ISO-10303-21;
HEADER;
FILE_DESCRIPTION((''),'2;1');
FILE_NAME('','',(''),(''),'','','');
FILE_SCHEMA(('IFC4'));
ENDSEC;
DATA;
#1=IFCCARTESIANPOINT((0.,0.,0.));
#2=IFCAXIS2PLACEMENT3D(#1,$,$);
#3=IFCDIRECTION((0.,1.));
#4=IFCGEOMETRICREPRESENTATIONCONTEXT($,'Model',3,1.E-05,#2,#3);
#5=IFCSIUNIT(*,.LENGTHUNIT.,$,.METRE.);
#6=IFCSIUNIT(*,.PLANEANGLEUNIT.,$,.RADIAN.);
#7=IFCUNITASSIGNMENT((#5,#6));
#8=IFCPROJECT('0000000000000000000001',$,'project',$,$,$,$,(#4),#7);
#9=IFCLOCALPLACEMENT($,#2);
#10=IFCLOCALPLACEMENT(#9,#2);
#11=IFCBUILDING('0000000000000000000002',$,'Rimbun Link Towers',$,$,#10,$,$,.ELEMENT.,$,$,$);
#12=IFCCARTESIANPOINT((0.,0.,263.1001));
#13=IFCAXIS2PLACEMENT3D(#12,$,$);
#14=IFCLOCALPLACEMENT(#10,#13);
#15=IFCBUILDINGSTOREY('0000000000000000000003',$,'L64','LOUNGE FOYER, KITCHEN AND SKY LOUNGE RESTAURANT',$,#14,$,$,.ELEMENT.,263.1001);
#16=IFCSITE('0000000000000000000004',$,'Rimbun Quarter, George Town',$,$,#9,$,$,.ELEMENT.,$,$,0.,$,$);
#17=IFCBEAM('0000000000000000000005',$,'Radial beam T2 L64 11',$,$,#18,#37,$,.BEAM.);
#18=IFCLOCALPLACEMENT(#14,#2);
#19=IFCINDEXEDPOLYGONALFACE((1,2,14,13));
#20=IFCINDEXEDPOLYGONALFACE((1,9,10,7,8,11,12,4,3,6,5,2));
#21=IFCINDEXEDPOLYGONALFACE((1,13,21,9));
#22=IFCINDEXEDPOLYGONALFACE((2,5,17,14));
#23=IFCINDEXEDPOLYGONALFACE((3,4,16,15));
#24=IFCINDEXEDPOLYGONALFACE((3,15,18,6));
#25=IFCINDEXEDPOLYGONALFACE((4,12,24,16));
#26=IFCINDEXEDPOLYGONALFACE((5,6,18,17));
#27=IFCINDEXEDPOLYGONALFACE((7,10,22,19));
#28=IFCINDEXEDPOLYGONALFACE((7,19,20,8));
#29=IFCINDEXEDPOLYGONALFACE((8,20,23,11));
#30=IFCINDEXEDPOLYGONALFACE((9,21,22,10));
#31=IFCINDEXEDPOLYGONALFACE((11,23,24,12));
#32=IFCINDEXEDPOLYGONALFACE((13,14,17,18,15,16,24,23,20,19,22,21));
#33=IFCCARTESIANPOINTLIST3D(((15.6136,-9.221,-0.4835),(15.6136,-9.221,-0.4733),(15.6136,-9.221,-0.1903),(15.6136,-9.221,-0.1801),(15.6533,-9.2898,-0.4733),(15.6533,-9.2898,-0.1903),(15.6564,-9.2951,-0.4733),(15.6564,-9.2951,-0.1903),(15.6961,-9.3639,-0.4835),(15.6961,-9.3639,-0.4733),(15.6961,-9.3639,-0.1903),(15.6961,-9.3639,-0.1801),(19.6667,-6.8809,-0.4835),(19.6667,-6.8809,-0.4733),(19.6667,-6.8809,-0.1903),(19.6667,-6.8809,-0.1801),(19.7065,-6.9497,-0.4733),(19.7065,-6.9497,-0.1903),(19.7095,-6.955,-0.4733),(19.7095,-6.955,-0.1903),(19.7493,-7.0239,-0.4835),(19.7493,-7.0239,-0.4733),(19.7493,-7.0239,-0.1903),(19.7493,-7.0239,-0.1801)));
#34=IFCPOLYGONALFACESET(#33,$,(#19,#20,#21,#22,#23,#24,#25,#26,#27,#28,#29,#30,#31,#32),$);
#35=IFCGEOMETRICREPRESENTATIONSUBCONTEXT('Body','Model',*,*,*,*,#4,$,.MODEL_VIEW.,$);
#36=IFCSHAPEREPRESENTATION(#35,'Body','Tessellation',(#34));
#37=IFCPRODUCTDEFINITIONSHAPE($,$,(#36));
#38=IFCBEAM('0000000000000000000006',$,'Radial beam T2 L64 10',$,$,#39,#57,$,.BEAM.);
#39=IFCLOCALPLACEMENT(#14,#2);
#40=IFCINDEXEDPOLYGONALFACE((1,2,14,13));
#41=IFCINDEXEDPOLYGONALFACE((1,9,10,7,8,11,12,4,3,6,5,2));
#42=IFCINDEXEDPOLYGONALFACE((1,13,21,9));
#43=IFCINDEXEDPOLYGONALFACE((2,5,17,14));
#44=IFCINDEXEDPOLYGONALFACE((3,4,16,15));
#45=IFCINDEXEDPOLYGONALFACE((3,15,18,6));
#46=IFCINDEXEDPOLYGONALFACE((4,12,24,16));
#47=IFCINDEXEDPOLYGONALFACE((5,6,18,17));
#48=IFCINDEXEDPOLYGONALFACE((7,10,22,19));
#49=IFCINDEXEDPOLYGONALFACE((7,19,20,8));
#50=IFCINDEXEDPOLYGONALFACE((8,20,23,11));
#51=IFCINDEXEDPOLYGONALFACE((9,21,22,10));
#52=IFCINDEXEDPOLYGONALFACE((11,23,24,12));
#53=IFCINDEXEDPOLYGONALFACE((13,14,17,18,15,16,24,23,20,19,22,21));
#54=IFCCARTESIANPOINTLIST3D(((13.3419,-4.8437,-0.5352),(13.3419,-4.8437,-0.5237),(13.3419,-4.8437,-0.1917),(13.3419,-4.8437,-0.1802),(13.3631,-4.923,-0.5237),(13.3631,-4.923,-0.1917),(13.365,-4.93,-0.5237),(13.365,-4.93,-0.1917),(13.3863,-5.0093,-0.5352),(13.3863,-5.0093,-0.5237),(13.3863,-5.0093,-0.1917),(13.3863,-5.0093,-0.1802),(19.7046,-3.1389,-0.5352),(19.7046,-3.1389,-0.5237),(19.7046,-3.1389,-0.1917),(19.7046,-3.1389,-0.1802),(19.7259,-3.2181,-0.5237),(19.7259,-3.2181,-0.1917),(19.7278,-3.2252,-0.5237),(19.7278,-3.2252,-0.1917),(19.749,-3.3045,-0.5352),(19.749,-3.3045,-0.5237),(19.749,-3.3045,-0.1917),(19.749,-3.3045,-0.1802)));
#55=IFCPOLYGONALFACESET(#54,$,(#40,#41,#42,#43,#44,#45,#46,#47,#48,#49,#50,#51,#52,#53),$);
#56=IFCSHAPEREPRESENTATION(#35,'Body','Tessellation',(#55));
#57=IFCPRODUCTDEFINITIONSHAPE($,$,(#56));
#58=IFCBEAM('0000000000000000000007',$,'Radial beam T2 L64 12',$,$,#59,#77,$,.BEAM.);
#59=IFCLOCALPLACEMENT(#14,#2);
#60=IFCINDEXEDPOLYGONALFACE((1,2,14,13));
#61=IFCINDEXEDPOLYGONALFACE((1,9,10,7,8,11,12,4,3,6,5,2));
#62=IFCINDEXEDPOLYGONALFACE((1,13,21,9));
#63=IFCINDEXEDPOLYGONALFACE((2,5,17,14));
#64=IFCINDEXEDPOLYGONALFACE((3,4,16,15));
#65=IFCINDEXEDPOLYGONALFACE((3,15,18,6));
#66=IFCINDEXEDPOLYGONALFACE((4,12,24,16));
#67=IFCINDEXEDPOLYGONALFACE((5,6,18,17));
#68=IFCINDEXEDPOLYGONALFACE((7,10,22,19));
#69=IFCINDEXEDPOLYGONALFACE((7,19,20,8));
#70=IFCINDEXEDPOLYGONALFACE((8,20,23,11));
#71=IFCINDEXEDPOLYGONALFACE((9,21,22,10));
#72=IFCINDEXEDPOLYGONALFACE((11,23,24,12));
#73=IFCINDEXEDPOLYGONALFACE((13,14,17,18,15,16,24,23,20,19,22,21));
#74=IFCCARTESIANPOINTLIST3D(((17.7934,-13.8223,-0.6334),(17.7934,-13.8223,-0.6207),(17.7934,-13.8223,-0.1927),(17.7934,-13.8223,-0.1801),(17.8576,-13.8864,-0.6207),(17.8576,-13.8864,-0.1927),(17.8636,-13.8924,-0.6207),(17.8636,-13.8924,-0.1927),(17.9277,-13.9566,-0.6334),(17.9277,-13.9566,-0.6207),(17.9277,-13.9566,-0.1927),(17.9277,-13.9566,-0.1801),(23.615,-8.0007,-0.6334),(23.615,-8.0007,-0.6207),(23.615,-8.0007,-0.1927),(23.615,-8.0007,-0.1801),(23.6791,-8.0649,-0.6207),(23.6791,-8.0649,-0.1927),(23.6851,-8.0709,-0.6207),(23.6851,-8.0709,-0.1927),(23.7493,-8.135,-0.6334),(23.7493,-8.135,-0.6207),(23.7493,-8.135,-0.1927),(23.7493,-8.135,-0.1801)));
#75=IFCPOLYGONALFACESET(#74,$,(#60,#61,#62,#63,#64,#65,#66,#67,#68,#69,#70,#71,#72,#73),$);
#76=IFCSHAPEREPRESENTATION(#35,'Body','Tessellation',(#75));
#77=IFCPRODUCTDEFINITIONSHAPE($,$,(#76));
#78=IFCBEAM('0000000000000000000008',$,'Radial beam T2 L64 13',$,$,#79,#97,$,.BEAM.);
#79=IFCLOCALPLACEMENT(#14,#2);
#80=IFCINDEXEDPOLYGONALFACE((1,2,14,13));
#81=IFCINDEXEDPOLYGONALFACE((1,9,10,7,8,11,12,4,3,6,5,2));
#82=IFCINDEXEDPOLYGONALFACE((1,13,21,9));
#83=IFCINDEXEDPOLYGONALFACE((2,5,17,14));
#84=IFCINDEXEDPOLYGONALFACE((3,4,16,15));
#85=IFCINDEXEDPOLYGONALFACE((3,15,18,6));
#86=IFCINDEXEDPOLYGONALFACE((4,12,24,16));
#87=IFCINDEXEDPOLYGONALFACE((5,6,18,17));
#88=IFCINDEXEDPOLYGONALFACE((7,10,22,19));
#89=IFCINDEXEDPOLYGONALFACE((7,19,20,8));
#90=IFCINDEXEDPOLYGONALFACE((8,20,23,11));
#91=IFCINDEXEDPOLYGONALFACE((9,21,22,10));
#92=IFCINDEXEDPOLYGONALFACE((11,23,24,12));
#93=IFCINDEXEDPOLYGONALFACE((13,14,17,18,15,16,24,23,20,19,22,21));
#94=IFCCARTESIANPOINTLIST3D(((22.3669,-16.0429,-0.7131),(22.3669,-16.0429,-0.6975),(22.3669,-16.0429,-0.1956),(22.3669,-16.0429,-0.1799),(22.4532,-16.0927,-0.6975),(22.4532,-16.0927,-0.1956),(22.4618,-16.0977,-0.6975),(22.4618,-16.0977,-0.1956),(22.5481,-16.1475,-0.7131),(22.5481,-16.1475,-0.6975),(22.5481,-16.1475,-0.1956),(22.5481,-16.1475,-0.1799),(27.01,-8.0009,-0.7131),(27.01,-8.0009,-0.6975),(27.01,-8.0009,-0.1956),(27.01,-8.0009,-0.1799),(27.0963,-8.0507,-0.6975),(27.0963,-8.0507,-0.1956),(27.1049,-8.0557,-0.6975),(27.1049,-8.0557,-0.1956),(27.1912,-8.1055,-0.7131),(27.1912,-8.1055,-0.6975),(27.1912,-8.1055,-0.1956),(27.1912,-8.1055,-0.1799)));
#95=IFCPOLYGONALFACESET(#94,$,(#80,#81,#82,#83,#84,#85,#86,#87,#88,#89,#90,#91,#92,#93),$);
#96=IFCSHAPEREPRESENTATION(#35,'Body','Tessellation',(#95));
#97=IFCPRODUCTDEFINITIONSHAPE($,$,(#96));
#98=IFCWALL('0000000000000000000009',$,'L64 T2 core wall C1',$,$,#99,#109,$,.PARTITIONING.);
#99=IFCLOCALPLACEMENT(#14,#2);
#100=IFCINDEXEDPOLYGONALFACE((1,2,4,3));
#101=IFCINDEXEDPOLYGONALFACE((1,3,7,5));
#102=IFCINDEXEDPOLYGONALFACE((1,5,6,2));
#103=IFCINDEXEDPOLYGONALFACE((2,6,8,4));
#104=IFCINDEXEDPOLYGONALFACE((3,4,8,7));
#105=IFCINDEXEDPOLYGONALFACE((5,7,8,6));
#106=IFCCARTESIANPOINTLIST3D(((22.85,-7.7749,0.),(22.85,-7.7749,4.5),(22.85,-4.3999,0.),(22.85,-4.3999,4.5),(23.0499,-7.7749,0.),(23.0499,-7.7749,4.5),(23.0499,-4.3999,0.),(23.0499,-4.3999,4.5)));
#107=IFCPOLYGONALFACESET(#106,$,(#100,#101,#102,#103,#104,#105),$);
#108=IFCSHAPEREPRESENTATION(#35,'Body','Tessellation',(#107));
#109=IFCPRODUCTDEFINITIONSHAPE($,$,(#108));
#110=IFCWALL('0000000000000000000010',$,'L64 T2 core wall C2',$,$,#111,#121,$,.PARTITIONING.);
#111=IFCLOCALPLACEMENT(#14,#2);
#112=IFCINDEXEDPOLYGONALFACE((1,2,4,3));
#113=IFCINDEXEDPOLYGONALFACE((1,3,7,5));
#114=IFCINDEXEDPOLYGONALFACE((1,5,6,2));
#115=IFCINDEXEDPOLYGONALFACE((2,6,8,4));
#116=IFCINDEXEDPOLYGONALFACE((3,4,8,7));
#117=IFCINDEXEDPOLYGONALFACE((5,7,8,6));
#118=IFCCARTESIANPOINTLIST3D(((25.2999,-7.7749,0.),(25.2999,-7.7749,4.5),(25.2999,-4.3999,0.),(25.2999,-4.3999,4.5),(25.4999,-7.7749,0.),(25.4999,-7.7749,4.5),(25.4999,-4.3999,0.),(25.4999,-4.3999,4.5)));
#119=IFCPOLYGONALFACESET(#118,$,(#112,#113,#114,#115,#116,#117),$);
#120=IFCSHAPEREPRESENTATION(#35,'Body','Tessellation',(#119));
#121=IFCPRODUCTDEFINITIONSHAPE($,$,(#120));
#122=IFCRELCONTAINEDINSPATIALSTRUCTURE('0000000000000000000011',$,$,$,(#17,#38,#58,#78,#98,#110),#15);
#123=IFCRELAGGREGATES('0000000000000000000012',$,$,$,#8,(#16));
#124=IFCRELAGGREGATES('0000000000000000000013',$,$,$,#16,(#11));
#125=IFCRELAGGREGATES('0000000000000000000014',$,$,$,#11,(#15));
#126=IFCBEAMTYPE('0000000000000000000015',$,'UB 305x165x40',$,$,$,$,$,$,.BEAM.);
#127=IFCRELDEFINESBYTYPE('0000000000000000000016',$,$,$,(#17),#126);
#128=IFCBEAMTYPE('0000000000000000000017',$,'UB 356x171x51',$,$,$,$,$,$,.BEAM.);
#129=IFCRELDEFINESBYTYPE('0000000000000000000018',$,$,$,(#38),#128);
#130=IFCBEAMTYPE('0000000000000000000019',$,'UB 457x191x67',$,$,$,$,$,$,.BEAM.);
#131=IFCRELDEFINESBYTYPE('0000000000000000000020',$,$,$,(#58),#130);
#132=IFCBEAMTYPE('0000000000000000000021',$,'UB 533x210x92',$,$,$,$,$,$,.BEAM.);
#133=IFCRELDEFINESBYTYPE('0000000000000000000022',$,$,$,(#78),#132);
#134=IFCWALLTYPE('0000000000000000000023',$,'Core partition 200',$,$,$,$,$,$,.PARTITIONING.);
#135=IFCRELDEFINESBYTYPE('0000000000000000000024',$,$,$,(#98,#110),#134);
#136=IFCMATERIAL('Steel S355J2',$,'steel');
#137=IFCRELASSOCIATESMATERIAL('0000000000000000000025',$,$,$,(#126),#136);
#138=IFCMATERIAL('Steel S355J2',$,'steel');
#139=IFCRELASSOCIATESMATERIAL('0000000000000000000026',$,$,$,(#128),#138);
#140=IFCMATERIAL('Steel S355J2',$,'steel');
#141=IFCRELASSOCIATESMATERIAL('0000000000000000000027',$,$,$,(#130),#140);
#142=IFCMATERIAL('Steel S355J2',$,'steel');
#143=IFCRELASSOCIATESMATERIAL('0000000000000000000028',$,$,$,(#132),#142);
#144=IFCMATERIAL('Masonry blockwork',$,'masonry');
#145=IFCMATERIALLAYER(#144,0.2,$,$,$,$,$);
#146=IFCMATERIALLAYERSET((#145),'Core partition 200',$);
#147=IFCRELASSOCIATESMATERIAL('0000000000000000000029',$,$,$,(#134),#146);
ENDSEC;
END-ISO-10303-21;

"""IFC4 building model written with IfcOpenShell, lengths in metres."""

from ifc_helpers import new_model, si_unit, direction, frame, frame_2d, origin, origin_2d, place, context, subcontext, project, spatial, rectangle, i_section, extrude, material, layer, layer_set, material_profile, profile_set, type_object, element, save


model = new_model("IFC4")

# Units and contexts
model_context = context("Model", 3, precision=1e-05, world=origin(), true_north=direction((0.0, 1.0)))
body_context = subcontext(model_context, "Body", "Model", "MODEL_VIEW")
ifc_project = project(units=[si_unit("LENGTHUNIT", "METRE"), si_unit("PLANEANGLEUNIT", "RADIAN")], contexts=[model_context])

# Site, building, storey
site_placement = place(None, origin())
site = spatial("IfcSite", under=ifc_project, at=site_placement, Name="Rimbun Quarter, George Town", CompositionType="ELEMENT", RefElevation=0.0)
building_placement = place(site_placement, origin())
building = spatial("IfcBuilding", under=site, at=building_placement, Name="Rimbun Link Towers", CompositionType="ELEMENT")
storey_placement = place(building_placement, frame((0.0, 0.0, 263.1001)))
storey = spatial("IfcBuildingStorey", under=building, at=storey_placement, Name="L64", Description="LOUNGE FOYER, KITCHEN AND SKY LOUNGE RESTAURANT", CompositionType="ELEMENT", Elevation=263.1001)

# Beams
ifc_material_1 = material(Name="Steel S355J2", Category="steel")
ifc_material_profile_1 = material_profile(ifc_material_1, i_section(OverallWidth=0.165, OverallDepth=0.3035, WebThickness=0.0061, FlangeThickness=0.0103, at=origin_2d()), Name="UB 305x165x40")
ifc_profile_set_1 = profile_set([ifc_material_profile_1], Name="Steel S355J2")
beam_type_1 = type_object("IfcBeamType", Name="UB 305x165x40", PredefinedType="BEAM", material=ifc_profile_set_1)
beam_1_placement = place(storey_placement, frame((19.708, -6.9524, -0.3318), z_axis=(-0.866029, -0.499993, 0.0), x_axis=(0.499993, -0.866029, 0.0)))
element("IfcBeam", 1, at=beam_1_placement, inside=storey, type_object=beam_type_1, Name="Radial beam T2 L64 11", PredefinedType="BEAM", context=body_context, shape_type="SweptSolid", body=[
    extrude(i_section(OverallWidth=0.165, OverallDepth=0.3035, WebThickness=0.0061, FlangeThickness=0.0103, at=origin_2d()), origin(), (0.0, 0.0, 1.0), 4.6802),
])
ifc_material_2 = material(Name="Steel S355J2", Category="steel")
ifc_material_profile_2 = material_profile(ifc_material_2, i_section(OverallWidth=0.1714, OverallDepth=0.355, WebThickness=0.0073, FlangeThickness=0.0115, at=origin_2d()), Name="UB 356x171x51")
ifc_profile_set_2 = profile_set([ifc_material_profile_2], Name="Steel S355J2")
beam_type_2 = type_object("IfcBeamType", Name="UB 356x171x51", PredefinedType="BEAM", material=ifc_profile_set_2)
beam_2_placement = place(storey_placement, frame((19.7268, -3.2217, -0.3577), z_axis=(-0.965929, -0.258809, 0.0), x_axis=(0.258809, -0.965929, 0.0)))
element("IfcBeam", 2, at=beam_2_placement, inside=storey, type_object=beam_type_2, Name="Radial beam T2 L64 10", PredefinedType="BEAM", context=body_context, shape_type="SweptSolid", body=[
    extrude(i_section(OverallWidth=0.1714, OverallDepth=0.355, WebThickness=0.0073, FlangeThickness=0.0115, at=origin_2d()), origin(), (0.0, 0.0, 1.0), 6.5872),
])
ifc_material_3 = material(Name="Steel S355J2", Category="steel")
ifc_material_profile_3 = material_profile(ifc_material_3, i_section(OverallWidth=0.1899, OverallDepth=0.4534, WebThickness=0.0085, FlangeThickness=0.0127, at=origin_2d()), Name="UB 457x191x67")
ifc_profile_set_3 = profile_set([ifc_material_profile_3], Name="Steel S355J2")
beam_type_3 = type_object("IfcBeamType", Name="UB 457x191x67", PredefinedType="BEAM", material=ifc_profile_set_3)
beam_3_placement = place(storey_placement, frame((23.6821, -8.0679, -0.4067), z_axis=(-0.707107, -0.707107, 0.0), x_axis=(0.707107, -0.707107, 0.0)))
element("IfcBeam", 3, at=beam_3_placement, inside=storey, type_object=beam_type_3, Name="Radial beam T2 L64 12", PredefinedType="BEAM", context=body_context, shape_type="SweptSolid", body=[
    extrude(i_section(OverallWidth=0.1899, OverallDepth=0.4534, WebThickness=0.0085, FlangeThickness=0.0127, at=origin_2d()), origin(), (0.0, 0.0, 1.0), 8.2329),
])
ifc_material_4 = material(Name="Steel S355J2", Category="steel")
ifc_material_profile_4 = material_profile(ifc_material_4, i_section(OverallWidth=0.2092, OverallDepth=0.5332, WebThickness=0.01, FlangeThickness=0.0156, at=origin_2d()), Name="UB 533x210x92")
ifc_profile_set_4 = profile_set([ifc_material_profile_4], Name="Steel S355J2")
beam_type_4 = type_object("IfcBeamType", Name="UB 533x210x92", PredefinedType="BEAM", material=ifc_profile_set_4)
beam_4_placement = place(storey_placement, frame((27.1006, -8.0532, -0.4465), z_axis=(-0.500002, -0.866024, 0.0), x_axis=(0.866024, -0.500002, 0.0)))
element("IfcBeam", 4, at=beam_4_placement, inside=storey, type_object=beam_type_4, Name="Radial beam T2 L64 13", PredefinedType="BEAM", context=body_context, shape_type="SweptSolid", body=[
    extrude(i_section(OverallWidth=0.2092, OverallDepth=0.5332, WebThickness=0.01, FlangeThickness=0.0156, at=origin_2d()), origin(), (0.0, 0.0, 1.0), 9.2861),
])

# Walls
ifc_material_5 = material(Name="Masonry blockwork", Category="masonry")
ifc_layer_1 = layer(ifc_material_5, 0.2)
ifc_layer_set_1 = layer_set([ifc_layer_1], Name="Core partition 200")
wall_type_1 = type_object("IfcWallType", Name="Core partition 200", PredefinedType="PARTITIONING", material=ifc_layer_set_1)
for number, where, z_axis, x_axis, name in (
    (5, (22.95, -4.3999, 0.0), (0.0, 0.0, 1.0), (0.0, -1.0, 0.0), "L64 T2 core wall C1"),
    (6, (25.3999, -4.3999, 0.0), (0.0, 0.0, 1.0), (0.0, -1.0, 0.0), "L64 T2 core wall C2"),
):
    element("IfcWall", number, at=place(storey_placement, frame(where, z_axis=z_axis, x_axis=x_axis)), inside=storey, type_object=wall_type_1, Name=name, PredefinedType="PARTITIONING", context=body_context, shape_type="SweptSolid", body=[
        extrude(rectangle(XDim=3.375, YDim=0.2, at=frame_2d((1.6875, 0.0))), origin(), (0.0, 0.0, 1.0), 4.5),
    ])

save(model, "model.ifc")
